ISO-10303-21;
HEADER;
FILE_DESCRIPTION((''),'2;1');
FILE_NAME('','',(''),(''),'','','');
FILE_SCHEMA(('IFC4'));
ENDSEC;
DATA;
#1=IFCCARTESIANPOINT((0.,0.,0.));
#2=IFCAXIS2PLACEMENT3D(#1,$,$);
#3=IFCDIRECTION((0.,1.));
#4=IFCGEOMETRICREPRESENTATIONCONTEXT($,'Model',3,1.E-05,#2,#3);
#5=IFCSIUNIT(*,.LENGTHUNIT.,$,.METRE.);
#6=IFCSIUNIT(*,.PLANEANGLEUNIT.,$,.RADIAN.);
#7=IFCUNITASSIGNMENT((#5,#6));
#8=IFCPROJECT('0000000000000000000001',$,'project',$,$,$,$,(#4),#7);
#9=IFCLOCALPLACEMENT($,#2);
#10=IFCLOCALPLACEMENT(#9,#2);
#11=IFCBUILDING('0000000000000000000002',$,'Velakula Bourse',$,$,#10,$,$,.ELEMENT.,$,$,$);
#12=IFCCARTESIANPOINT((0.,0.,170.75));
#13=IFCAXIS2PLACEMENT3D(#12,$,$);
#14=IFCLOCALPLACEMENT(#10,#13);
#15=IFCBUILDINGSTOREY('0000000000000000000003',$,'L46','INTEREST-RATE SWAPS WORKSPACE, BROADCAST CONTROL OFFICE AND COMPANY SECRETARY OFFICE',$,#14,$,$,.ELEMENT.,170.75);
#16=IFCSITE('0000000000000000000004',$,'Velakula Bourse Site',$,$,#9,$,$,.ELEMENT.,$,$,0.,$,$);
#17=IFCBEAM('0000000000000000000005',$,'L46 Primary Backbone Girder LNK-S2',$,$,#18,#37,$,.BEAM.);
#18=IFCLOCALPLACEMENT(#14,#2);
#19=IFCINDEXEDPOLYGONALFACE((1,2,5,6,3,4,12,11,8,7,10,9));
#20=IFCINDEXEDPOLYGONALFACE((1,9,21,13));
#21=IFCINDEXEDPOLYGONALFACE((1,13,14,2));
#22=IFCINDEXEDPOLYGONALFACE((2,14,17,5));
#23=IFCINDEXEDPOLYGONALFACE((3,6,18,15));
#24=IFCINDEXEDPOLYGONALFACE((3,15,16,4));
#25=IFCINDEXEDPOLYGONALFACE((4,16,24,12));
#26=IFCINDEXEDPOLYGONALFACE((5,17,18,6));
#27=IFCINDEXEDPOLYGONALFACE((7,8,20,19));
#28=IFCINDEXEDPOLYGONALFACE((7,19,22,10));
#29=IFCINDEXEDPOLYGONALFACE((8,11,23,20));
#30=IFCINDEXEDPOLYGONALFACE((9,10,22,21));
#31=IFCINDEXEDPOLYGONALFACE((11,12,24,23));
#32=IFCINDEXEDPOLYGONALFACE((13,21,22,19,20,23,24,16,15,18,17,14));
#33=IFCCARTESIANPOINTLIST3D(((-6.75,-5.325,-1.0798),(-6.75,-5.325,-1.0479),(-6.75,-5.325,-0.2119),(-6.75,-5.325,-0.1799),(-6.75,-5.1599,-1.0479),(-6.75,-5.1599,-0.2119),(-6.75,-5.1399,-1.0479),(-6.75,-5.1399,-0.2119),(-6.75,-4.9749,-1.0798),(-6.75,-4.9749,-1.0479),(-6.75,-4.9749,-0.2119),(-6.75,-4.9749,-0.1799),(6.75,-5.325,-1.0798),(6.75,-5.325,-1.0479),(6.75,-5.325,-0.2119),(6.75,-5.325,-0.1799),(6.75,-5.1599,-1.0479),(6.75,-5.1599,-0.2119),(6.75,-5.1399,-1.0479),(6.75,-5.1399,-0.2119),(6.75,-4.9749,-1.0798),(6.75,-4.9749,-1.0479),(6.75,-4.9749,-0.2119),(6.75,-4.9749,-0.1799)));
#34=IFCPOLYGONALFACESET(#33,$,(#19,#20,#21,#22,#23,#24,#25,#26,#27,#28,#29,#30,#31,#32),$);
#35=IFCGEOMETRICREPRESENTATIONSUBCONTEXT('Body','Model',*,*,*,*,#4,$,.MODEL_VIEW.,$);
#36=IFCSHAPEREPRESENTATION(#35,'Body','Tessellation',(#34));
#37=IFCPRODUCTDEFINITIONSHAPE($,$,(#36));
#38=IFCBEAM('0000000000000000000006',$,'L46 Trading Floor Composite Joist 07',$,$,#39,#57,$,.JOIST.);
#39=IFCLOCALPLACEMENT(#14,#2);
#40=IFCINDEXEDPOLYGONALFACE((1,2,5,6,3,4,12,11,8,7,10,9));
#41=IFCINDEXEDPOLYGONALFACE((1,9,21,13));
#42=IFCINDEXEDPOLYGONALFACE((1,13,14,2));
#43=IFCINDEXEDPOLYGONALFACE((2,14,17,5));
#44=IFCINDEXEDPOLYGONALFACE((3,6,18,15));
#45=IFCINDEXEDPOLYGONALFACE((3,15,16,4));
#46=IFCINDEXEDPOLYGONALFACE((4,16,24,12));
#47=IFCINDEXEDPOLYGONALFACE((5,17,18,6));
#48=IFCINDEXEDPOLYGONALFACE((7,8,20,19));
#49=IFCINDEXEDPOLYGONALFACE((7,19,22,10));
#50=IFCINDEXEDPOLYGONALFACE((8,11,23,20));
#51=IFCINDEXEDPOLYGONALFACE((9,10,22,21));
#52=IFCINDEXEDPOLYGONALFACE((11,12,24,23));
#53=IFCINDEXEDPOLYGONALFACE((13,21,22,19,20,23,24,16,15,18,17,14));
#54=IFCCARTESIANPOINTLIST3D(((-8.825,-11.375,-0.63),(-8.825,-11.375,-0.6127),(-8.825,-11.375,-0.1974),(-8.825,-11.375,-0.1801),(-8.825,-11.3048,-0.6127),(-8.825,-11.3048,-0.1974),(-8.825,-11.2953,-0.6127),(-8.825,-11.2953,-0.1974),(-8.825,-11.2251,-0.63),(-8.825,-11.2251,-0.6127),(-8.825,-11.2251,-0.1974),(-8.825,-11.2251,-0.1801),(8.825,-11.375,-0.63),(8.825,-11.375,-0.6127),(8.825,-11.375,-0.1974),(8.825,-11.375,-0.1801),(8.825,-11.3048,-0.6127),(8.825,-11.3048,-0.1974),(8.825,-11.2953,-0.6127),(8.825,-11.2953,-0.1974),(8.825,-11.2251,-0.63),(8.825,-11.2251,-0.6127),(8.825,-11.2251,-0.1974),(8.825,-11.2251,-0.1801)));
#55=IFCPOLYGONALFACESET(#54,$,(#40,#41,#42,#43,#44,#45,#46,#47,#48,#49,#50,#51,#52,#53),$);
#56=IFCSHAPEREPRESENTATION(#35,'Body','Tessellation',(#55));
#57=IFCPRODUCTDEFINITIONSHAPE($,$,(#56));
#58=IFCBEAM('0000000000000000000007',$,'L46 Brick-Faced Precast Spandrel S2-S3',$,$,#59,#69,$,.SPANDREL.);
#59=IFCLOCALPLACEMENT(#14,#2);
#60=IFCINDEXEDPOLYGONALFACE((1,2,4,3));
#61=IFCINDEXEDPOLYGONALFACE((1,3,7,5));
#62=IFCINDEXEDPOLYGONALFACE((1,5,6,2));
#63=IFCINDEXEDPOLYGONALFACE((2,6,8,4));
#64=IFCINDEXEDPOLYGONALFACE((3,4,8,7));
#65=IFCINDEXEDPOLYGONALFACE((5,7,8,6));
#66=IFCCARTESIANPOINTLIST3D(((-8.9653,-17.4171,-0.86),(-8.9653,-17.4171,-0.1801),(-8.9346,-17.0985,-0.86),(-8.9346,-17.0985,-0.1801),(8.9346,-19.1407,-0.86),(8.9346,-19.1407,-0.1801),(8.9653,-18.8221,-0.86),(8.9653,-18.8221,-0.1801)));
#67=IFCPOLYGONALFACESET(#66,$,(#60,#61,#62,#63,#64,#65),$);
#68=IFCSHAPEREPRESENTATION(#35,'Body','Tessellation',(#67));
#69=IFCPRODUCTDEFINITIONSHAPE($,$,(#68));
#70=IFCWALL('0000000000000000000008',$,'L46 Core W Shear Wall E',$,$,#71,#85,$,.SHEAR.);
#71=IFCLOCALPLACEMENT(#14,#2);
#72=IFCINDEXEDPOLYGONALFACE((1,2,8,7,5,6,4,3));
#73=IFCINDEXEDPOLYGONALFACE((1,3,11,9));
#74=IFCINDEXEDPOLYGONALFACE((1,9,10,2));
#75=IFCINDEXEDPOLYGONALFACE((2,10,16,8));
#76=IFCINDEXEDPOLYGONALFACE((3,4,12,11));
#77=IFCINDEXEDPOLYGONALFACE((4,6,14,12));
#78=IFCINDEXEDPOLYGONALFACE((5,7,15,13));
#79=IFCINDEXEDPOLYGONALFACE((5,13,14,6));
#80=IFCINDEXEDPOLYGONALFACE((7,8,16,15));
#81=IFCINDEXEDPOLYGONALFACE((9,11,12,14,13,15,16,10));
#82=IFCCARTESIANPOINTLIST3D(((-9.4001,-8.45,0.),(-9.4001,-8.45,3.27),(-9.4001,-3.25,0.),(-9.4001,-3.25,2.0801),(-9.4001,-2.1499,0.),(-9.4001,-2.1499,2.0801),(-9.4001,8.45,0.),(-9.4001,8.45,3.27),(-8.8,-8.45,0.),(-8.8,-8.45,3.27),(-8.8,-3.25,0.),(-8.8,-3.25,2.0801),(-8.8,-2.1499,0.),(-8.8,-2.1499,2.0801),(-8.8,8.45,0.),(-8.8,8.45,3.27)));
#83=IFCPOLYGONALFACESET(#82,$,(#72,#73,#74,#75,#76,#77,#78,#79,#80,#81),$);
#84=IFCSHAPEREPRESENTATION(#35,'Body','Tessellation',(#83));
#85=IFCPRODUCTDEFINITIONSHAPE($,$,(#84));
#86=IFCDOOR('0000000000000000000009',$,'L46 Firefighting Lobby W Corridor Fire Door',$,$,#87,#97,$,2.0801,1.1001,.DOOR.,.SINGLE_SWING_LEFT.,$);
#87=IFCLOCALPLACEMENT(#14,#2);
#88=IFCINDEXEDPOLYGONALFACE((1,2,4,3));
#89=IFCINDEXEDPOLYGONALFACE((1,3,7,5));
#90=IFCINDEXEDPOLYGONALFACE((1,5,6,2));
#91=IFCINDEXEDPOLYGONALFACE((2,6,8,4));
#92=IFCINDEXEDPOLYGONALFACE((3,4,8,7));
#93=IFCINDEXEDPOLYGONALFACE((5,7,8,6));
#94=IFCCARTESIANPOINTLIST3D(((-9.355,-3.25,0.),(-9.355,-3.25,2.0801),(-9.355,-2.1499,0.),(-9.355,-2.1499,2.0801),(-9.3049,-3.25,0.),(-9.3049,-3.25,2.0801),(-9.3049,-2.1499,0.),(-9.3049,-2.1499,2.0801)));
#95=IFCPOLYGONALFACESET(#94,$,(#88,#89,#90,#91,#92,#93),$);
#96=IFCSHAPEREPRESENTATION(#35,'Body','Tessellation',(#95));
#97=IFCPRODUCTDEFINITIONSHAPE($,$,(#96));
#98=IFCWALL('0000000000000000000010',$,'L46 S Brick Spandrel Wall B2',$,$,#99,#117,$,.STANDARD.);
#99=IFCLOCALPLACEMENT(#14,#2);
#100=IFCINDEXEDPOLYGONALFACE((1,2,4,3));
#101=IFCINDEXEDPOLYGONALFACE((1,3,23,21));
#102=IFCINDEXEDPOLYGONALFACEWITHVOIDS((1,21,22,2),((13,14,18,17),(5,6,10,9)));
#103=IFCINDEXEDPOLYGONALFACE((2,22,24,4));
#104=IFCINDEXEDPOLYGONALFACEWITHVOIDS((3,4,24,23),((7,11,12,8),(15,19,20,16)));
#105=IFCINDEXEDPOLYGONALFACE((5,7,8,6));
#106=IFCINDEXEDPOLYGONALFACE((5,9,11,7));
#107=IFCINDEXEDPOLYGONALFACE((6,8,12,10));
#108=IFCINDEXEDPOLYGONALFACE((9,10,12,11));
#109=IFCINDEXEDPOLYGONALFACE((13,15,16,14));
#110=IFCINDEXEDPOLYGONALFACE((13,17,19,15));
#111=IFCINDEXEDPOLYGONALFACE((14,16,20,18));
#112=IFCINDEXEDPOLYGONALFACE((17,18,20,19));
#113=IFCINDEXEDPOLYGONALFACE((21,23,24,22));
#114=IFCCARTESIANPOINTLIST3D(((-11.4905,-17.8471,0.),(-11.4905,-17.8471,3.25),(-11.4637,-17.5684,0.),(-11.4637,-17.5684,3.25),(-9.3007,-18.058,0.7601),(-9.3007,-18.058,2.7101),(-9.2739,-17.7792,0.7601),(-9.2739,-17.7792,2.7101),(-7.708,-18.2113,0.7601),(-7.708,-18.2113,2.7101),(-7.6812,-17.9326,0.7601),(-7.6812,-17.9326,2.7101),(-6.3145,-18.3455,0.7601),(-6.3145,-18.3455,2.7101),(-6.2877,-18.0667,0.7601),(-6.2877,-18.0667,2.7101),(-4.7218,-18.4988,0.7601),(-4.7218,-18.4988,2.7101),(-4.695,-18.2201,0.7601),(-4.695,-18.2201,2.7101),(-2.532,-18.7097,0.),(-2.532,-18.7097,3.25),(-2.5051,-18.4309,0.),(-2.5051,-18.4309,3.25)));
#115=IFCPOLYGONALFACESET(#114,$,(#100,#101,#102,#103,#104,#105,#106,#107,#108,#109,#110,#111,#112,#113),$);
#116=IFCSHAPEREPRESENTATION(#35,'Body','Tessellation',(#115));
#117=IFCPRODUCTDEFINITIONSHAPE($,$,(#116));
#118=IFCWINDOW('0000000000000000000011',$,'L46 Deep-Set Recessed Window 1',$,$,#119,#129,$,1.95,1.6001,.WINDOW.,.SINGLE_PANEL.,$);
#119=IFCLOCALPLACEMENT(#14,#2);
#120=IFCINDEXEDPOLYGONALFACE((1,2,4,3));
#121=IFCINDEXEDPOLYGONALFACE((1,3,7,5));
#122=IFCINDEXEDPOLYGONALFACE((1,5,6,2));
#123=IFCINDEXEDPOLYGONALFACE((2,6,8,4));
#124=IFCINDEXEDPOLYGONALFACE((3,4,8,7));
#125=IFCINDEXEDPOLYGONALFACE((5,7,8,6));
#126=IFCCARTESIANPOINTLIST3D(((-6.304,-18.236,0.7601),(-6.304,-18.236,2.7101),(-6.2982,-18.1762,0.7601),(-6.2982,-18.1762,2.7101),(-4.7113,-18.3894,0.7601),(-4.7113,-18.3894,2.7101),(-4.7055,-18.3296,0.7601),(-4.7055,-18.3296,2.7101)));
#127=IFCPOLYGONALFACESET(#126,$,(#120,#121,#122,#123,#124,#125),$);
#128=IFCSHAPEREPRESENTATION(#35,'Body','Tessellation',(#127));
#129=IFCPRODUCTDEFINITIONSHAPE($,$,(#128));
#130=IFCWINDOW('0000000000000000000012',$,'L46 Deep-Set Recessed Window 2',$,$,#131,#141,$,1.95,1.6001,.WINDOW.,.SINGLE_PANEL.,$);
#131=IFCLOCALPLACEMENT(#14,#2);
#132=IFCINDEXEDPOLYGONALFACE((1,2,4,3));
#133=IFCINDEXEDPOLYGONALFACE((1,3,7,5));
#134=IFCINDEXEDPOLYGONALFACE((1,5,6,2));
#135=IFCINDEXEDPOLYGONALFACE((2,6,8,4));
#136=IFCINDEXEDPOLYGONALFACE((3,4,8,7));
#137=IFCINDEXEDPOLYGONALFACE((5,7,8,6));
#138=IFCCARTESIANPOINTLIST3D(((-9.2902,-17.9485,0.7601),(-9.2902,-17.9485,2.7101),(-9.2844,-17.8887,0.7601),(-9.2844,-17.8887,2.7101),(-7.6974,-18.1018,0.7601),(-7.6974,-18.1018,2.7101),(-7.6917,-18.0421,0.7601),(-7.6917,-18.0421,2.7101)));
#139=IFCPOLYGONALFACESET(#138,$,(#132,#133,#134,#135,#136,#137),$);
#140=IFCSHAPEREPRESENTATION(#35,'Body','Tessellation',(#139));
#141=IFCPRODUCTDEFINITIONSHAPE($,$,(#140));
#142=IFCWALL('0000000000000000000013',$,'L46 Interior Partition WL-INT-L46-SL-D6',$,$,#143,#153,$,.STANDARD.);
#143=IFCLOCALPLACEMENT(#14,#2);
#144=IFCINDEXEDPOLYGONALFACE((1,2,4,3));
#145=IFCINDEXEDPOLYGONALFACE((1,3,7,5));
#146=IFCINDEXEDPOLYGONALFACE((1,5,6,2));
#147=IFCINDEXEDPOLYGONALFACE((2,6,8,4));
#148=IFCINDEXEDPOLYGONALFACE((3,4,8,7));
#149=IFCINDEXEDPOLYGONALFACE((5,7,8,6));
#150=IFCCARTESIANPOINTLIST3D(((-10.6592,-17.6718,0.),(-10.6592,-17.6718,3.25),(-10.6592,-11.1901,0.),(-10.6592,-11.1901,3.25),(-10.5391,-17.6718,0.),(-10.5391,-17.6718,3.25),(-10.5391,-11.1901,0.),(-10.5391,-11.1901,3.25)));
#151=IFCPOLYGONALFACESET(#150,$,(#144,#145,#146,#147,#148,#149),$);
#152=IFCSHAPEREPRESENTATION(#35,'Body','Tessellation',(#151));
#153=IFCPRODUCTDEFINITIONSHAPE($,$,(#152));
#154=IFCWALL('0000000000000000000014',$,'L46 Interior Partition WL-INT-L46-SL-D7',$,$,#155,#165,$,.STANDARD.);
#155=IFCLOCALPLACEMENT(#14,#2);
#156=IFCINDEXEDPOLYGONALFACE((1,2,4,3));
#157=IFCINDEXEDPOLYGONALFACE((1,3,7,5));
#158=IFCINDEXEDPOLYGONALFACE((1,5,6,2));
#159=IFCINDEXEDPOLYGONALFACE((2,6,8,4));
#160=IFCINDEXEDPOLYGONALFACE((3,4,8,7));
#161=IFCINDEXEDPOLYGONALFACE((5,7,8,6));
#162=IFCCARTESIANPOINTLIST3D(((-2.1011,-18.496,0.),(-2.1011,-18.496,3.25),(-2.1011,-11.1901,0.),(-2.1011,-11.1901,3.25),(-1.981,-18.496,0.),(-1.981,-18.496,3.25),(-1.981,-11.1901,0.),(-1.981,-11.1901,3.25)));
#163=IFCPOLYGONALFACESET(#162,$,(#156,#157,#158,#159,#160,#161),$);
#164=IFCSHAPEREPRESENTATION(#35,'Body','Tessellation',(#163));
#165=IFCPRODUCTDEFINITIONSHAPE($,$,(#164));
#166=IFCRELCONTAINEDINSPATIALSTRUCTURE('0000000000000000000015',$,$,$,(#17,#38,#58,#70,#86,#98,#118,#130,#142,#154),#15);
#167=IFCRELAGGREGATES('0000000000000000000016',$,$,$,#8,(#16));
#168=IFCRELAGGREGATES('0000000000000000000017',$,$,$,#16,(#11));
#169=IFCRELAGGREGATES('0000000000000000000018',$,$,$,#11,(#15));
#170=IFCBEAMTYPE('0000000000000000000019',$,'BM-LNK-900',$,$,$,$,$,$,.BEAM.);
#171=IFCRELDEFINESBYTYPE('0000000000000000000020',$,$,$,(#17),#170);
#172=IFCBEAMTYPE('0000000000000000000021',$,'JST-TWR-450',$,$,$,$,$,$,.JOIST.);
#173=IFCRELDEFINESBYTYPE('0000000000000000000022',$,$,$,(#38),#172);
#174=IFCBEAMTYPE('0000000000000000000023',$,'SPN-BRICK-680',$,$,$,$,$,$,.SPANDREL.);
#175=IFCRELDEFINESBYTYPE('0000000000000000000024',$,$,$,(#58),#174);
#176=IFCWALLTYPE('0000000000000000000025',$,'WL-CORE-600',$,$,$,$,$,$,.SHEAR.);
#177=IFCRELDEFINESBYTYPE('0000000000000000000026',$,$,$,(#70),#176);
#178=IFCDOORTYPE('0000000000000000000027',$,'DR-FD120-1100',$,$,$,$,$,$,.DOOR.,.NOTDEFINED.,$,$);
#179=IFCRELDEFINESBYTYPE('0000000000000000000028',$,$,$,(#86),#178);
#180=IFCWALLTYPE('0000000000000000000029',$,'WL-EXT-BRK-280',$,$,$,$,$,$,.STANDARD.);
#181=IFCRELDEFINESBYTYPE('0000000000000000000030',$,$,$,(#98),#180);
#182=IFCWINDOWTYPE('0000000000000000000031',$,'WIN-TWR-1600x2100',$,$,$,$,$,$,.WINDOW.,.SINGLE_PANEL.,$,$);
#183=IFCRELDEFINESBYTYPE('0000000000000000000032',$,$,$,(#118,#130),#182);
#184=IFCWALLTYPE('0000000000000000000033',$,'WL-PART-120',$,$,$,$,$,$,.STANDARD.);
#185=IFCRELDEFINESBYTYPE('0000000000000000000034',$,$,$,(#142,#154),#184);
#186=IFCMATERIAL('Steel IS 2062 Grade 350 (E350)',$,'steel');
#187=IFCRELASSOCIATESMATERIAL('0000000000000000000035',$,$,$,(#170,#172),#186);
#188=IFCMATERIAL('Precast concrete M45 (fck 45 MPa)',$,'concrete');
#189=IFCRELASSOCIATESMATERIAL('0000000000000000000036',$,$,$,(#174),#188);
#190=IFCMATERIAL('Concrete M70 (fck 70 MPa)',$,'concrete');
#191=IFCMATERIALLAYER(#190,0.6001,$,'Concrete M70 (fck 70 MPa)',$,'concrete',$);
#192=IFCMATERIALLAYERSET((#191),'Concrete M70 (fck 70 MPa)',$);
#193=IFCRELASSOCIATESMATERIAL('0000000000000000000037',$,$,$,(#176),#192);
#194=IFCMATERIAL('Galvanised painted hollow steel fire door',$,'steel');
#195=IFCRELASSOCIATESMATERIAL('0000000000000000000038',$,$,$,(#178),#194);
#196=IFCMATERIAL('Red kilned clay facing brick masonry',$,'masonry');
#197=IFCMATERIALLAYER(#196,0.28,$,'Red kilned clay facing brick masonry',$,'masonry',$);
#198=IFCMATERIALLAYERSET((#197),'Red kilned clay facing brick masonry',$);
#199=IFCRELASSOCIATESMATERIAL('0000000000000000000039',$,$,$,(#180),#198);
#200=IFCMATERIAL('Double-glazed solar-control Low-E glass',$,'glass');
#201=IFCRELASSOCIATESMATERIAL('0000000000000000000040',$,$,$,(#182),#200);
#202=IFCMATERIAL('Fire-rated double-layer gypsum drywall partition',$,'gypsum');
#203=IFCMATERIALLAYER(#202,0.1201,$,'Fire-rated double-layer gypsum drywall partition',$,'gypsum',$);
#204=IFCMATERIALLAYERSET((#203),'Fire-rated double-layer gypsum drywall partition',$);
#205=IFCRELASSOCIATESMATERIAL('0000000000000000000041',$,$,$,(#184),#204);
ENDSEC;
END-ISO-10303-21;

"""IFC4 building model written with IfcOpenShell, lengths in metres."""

from ifc_helpers import new_model, si_unit, direction, frame, frame_2d, origin, origin_2d, place, context, subcontext, project, spatial, rectangle, i_section, extrude, material, layer, layer_set, material_profile, profile_set, type_object, element, fill, save


model = new_model("IFC4")

# Units and contexts
model_context = context("Model", 3, precision=1e-05, world=origin(), true_north=direction((0.0, 1.0)))
body_context = subcontext(model_context, "Body", "Model", "MODEL_VIEW")
ifc_project = project(units=[si_unit("LENGTHUNIT", "METRE"), si_unit("PLANEANGLEUNIT", "RADIAN")], contexts=[model_context])

# Site, building, storey
site_placement = place(None, origin())
site = spatial("IfcSite", under=ifc_project, at=site_placement, Name="Velakula Bourse Site", CompositionType="ELEMENT", RefElevation=0.0)
building_placement = place(site_placement, origin())
building = spatial("IfcBuilding", under=site, at=building_placement, Name="Velakula Bourse", CompositionType="ELEMENT")
storey_placement = place(building_placement, frame((0.0, 0.0, 170.75)))
storey = spatial("IfcBuildingStorey", under=building, at=storey_placement, Name="L46", Description="INTEREST-RATE SWAPS WORKSPACE, BROADCAST CONTROL OFFICE AND COMPANY SECRETARY OFFICE", CompositionType="ELEMENT", Elevation=170.75)

# Shared definitions
ifc_material_1 = material(Name="Concrete M70 (fck 70 MPa)", Category="concrete")
ifc_material_2 = material(Name="Steel IS 2062 Grade 350 (E350)", Category="steel")

# Beams
ifc_material_profile_1 = material_profile(ifc_material_2, i_section(OverallWidth=0.3501, OverallDepth=0.8999, WebThickness=0.02, FlangeThickness=0.032, at=origin_2d()), Name="Steel IS 2062 Grade 350 (E350)")
ifc_profile_set_1 = profile_set([ifc_material_profile_1], Name="Steel IS 2062 Grade 350 (E350)")
beam_type_1 = type_object("IfcBeamType", Name="BM-LNK-900", PredefinedType="BEAM", material=ifc_profile_set_1)
beam_1_placement = place(storey_placement, frame((-6.75, -5.1499, -0.6299), z_axis=(1.0, 0.0, 0.0), x_axis=(0.0, 1.0, 0.0)))
element("IfcBeam", 1, at=beam_1_placement, inside=storey, type_object=beam_type_1, Name="L46 Primary Backbone Girder LNK-S2", PredefinedType="BEAM", context=body_context, shape_type="SweptSolid", body=[
    extrude(i_section(OverallWidth=0.3501, OverallDepth=0.8999, WebThickness=0.02, FlangeThickness=0.032, at=origin_2d()), origin(), (0.0, 0.0, 1.0), 13.5),
])
ifc_material_profile_2 = material_profile(ifc_material_2, i_section(OverallWidth=0.1499, OverallDepth=0.45, WebThickness=0.0095, FlangeThickness=0.0173, at=origin_2d()), Name="Steel IS 2062 Grade 350 (E350)")
ifc_profile_set_2 = profile_set([ifc_material_profile_2], Name="Steel IS 2062 Grade 350 (E350)")
beam_type_2 = type_object("IfcBeamType", Name="JST-TWR-450", PredefinedType="JOIST", material=ifc_profile_set_2)
beam_2_placement = place(storey_placement, frame((-8.825, -11.3, -0.405), z_axis=(1.0, 0.0, 0.0), x_axis=(0.0, 1.0, 0.0)))
element("IfcBeam", 2, at=beam_2_placement, inside=storey, type_object=beam_type_2, Name="L46 Trading Floor Composite Joist 07", PredefinedType="JOIST", context=body_context, shape_type="SweptSolid", body=[
    extrude(i_section(OverallWidth=0.1499, OverallDepth=0.45, WebThickness=0.0095, FlangeThickness=0.0173, at=origin_2d()), origin(), (0.0, 0.0, 1.0), 17.6499),
])
ifc_material_3 = material(Name="Precast concrete M45 (fck 45 MPa)", Category="concrete")
ifc_material_profile_3 = material_profile(ifc_material_3, rectangle(XDim=0.3201, YDim=0.6799, at=origin_2d()), Name="Precast concrete M45 (fck 45 MPa)")
ifc_profile_set_3 = profile_set([ifc_material_profile_3], Name="Precast concrete M45 (fck 45 MPa)")
beam_type_3 = type_object("IfcBeamType", Name="SPN-BRICK-680", PredefinedType="SPANDREL", material=ifc_profile_set_3)
beam_3_placement = place(storey_placement, frame((-8.95, -17.2578, -0.52), z_axis=(0.995396, -0.09585, 0.0), x_axis=(0.09585, 0.995396, 0.0)))
element("IfcBeam", 3, at=beam_3_placement, inside=storey, type_object=beam_type_3, Name="L46 Brick-Faced Precast Spandrel S2-S3", PredefinedType="SPANDREL", context=body_context, shape_type="SweptSolid", body=[
    extrude(rectangle(XDim=0.3201, YDim=0.6799, at=origin_2d()), origin(), (0.0, 0.0, 1.0), 17.9827),
])

# Wall, opening, door
ifc_layer_1 = layer(ifc_material_1, 0.6001, Name="Concrete M70 (fck 70 MPa)", Category="concrete")
ifc_layer_set_1 = layer_set([ifc_layer_1], Name="Concrete M70 (fck 70 MPa)")
wall_type_1 = type_object("IfcWallType", Name="WL-CORE-600", PredefinedType="SHEAR", material=ifc_layer_set_1)
wall_1_placement = place(storey_placement, frame((-9.1001, -8.45, 0.0), z_axis=(0.0, 0.0, 1.0), x_axis=(0.0, 1.0, 0.0)))
wall_1 = element("IfcWall", 4, at=wall_1_placement, inside=storey, type_object=wall_type_1, Name="L46 Core W Shear Wall E", PredefinedType="SHEAR", context=body_context, shape_type="SweptSolid", body=[
    extrude(rectangle(XDim=16.8999, YDim=0.6001, at=frame_2d((8.45, 0.0))), origin(), (0.0, 0.0, 1.0), 3.27),
])
opening_1_placement = place(wall_1_placement, frame((5.2, 0.0, 0.0)))
opening_1 = element("IfcOpeningElement", 5, at=opening_1_placement, cuts=wall_1, PredefinedType="OPENING", context=body_context, shape_type="SweptSolid", body=[
    extrude(rectangle(XDim=1.1001, YDim=2.0801, at=frame_2d((0.55, 1.04))), frame((0.0, 0.3101, 0.0), z_axis=(0.0, -1.0, 0.0), x_axis=(1.0, 0.0, 0.0)), (0.0, 0.0, 1.0), 0.6201),
])
ifc_material_4 = material(Name="Galvanised painted hollow steel fire door", Category="steel")
door_type = type_object("IfcDoorType", Name="DR-FD120-1100", OperationType="NOTDEFINED", PredefinedType="DOOR", material=ifc_material_4)
door_placement = place(opening_1_placement, origin())
door = element("IfcDoor", 6, at=door_placement, inside=storey, type_object=door_type, Name="L46 Firefighting Lobby W Corridor Fire Door", OperationType="SINGLE_SWING_LEFT", OverallHeight=2.0801, OverallWidth=1.1001, PredefinedType="DOOR", context=body_context, shape_type="SweptSolid", body=[
    extrude(rectangle(XDim=1.1001, YDim=2.0801, at=frame_2d((0.55, 1.04))), frame((0.0, 0.2549, 0.0), z_axis=(0.0, -1.0, 0.0), x_axis=(1.0, 0.0, 0.0)), (0.0, 0.0, 1.0), 0.05),
])
fill(opening_1, door)

# Wall, openings, windows
ifc_material_5 = material(Name="Red kilned clay facing brick masonry", Category="masonry")
ifc_layer_2 = layer(ifc_material_5, 0.28, Name="Red kilned clay facing brick masonry", Category="masonry")
ifc_layer_set_2 = layer_set([ifc_layer_2], Name="Red kilned clay facing brick masonry")
wall_type_2 = type_object("IfcWallType", Name="WL-EXT-BRK-280", PredefinedType="STANDARD", material=ifc_layer_set_2)
wall_2_placement = place(storey_placement, frame((-2.5186, -18.5703, 0.0), z_axis=(0.0, 0.0, 1.0), x_axis=(-0.995397, 0.09584, 0.0)))
wall_2 = element("IfcWall", 7, at=wall_2_placement, inside=storey, type_object=wall_type_2, Name="L46 S Brick Spandrel Wall B2", PredefinedType="STANDARD", context=body_context, shape_type="SweptSolid", body=[
    extrude(rectangle(XDim=9.0, YDim=0.28, at=frame_2d((4.5, 0.0))), origin(), (0.0, 0.0, 1.0), 3.25),
])
opening_2_placement = place(wall_2_placement, frame((2.2, 0.0, 0.76)))
opening_2 = element("IfcOpeningElement", 8, at=opening_2_placement, cuts=wall_2, PredefinedType="OPENING", context=body_context, shape_type="SweptSolid", body=[
    extrude(rectangle(XDim=1.6001, YDim=1.95, at=frame_2d((0.8, 0.9751))), frame((0.0, 0.1499, 0.0), z_axis=(0.0, -1.0, 0.0), x_axis=(1.0, 0.0, 0.0)), (0.0, 0.0, 1.0), 0.3),
])
opening_3_placement = place(wall_2_placement, frame((5.2, 0.0, 0.76)))
opening_3 = element("IfcOpeningElement", 9, at=opening_3_placement, cuts=wall_2, PredefinedType="OPENING", context=body_context, shape_type="SweptSolid", body=[
    extrude(rectangle(XDim=1.6001, YDim=1.95, at=frame_2d((0.8, 0.9751))), frame((0.0, 0.1499, 0.0), z_axis=(0.0, -1.0, 0.0), x_axis=(1.0, 0.0, 0.0)), (0.0, 0.0, 1.0), 0.3),
])
ifc_material_6 = material(Name="Double-glazed solar-control Low-E glass", Category="glass")
window_type = type_object("IfcWindowType", Name="WIN-TWR-1600x2100", PartitioningType="SINGLE_PANEL", PredefinedType="WINDOW", material=ifc_material_6)
window_1_placement = place(opening_2_placement, origin())
window_1 = element("IfcWindow", 10, at=window_1_placement, inside=storey, type_object=window_type, Name="L46 Deep-Set Recessed Window 1", OverallHeight=1.95, OverallWidth=1.6001, PartitioningType="SINGLE_PANEL", PredefinedType="WINDOW", context=body_context, shape_type="SweptSolid", body=[
    extrude(rectangle(XDim=1.6001, YDim=1.95, at=frame_2d((0.8, 0.9751))), frame((0.0, 0.03, 0.0), z_axis=(0.0, -1.0, 0.0), x_axis=(1.0, 0.0, 0.0)), (0.0, 0.0, 1.0), 0.0601),
])
fill(opening_2, window_1)
window_2_placement = place(opening_3_placement, origin())
window_2 = element("IfcWindow", 11, at=window_2_placement, inside=storey, type_object=window_type, Name="L46 Deep-Set Recessed Window 2", OverallHeight=1.95, OverallWidth=1.6001, PartitioningType="SINGLE_PANEL", PredefinedType="WINDOW", context=body_context, shape_type="SweptSolid", body=[
    extrude(rectangle(XDim=1.6001, YDim=1.95, at=frame_2d((0.8, 0.9751))), frame((0.0, 0.03, 0.0), z_axis=(0.0, -1.0, 0.0), x_axis=(1.0, 0.0, 0.0)), (0.0, 0.0, 1.0), 0.0601),
])
fill(opening_3, window_2)

# Walls
ifc_material_7 = material(Name="Fire-rated double-layer gypsum drywall partition", Category="gypsum")
ifc_layer_3 = layer(ifc_material_7, 0.1201, Name="Fire-rated double-layer gypsum drywall partition", Category="gypsum")
ifc_layer_set_3 = layer_set([ifc_layer_3], Name="Fire-rated double-layer gypsum drywall partition")
wall_type_3 = type_object("IfcWallType", Name="WL-PART-120", PredefinedType="STANDARD", material=ifc_layer_set_3)
wall_3_placement = place(storey_placement, frame((-10.5991, -17.6716, 0.0), z_axis=(0.0, 0.0, 1.0), x_axis=(0.0, 1.0, 0.0)))
element("IfcWall", 12, at=wall_3_placement, inside=storey, type_object=wall_type_3, Name="L46 Interior Partition WL-INT-L46-SL-D6", PredefinedType="STANDARD", context=body_context, shape_type="SweptSolid", body=[
    extrude(rectangle(XDim=6.4817, YDim=0.1201, at=frame_2d((3.2407, 0.0))), origin(), (0.0, 0.0, 1.0), 3.25),
])
wall_4_placement = place(storey_placement, frame((-2.041, -18.4958, 0.0), z_axis=(0.0, 0.0, 1.0), x_axis=(0.0, 1.0, 0.0)))
element("IfcWall", 13, at=wall_4_placement, inside=storey, type_object=wall_type_3, Name="L46 Interior Partition WL-INT-L46-SL-D7", PredefinedType="STANDARD", context=body_context, shape_type="SweptSolid", body=[
    extrude(rectangle(XDim=7.3059, YDim=0.1201, at=frame_2d((3.6528, 0.0))), origin(), (0.0, 0.0, 1.0), 3.25),
])

save(model, "model.ifc")
